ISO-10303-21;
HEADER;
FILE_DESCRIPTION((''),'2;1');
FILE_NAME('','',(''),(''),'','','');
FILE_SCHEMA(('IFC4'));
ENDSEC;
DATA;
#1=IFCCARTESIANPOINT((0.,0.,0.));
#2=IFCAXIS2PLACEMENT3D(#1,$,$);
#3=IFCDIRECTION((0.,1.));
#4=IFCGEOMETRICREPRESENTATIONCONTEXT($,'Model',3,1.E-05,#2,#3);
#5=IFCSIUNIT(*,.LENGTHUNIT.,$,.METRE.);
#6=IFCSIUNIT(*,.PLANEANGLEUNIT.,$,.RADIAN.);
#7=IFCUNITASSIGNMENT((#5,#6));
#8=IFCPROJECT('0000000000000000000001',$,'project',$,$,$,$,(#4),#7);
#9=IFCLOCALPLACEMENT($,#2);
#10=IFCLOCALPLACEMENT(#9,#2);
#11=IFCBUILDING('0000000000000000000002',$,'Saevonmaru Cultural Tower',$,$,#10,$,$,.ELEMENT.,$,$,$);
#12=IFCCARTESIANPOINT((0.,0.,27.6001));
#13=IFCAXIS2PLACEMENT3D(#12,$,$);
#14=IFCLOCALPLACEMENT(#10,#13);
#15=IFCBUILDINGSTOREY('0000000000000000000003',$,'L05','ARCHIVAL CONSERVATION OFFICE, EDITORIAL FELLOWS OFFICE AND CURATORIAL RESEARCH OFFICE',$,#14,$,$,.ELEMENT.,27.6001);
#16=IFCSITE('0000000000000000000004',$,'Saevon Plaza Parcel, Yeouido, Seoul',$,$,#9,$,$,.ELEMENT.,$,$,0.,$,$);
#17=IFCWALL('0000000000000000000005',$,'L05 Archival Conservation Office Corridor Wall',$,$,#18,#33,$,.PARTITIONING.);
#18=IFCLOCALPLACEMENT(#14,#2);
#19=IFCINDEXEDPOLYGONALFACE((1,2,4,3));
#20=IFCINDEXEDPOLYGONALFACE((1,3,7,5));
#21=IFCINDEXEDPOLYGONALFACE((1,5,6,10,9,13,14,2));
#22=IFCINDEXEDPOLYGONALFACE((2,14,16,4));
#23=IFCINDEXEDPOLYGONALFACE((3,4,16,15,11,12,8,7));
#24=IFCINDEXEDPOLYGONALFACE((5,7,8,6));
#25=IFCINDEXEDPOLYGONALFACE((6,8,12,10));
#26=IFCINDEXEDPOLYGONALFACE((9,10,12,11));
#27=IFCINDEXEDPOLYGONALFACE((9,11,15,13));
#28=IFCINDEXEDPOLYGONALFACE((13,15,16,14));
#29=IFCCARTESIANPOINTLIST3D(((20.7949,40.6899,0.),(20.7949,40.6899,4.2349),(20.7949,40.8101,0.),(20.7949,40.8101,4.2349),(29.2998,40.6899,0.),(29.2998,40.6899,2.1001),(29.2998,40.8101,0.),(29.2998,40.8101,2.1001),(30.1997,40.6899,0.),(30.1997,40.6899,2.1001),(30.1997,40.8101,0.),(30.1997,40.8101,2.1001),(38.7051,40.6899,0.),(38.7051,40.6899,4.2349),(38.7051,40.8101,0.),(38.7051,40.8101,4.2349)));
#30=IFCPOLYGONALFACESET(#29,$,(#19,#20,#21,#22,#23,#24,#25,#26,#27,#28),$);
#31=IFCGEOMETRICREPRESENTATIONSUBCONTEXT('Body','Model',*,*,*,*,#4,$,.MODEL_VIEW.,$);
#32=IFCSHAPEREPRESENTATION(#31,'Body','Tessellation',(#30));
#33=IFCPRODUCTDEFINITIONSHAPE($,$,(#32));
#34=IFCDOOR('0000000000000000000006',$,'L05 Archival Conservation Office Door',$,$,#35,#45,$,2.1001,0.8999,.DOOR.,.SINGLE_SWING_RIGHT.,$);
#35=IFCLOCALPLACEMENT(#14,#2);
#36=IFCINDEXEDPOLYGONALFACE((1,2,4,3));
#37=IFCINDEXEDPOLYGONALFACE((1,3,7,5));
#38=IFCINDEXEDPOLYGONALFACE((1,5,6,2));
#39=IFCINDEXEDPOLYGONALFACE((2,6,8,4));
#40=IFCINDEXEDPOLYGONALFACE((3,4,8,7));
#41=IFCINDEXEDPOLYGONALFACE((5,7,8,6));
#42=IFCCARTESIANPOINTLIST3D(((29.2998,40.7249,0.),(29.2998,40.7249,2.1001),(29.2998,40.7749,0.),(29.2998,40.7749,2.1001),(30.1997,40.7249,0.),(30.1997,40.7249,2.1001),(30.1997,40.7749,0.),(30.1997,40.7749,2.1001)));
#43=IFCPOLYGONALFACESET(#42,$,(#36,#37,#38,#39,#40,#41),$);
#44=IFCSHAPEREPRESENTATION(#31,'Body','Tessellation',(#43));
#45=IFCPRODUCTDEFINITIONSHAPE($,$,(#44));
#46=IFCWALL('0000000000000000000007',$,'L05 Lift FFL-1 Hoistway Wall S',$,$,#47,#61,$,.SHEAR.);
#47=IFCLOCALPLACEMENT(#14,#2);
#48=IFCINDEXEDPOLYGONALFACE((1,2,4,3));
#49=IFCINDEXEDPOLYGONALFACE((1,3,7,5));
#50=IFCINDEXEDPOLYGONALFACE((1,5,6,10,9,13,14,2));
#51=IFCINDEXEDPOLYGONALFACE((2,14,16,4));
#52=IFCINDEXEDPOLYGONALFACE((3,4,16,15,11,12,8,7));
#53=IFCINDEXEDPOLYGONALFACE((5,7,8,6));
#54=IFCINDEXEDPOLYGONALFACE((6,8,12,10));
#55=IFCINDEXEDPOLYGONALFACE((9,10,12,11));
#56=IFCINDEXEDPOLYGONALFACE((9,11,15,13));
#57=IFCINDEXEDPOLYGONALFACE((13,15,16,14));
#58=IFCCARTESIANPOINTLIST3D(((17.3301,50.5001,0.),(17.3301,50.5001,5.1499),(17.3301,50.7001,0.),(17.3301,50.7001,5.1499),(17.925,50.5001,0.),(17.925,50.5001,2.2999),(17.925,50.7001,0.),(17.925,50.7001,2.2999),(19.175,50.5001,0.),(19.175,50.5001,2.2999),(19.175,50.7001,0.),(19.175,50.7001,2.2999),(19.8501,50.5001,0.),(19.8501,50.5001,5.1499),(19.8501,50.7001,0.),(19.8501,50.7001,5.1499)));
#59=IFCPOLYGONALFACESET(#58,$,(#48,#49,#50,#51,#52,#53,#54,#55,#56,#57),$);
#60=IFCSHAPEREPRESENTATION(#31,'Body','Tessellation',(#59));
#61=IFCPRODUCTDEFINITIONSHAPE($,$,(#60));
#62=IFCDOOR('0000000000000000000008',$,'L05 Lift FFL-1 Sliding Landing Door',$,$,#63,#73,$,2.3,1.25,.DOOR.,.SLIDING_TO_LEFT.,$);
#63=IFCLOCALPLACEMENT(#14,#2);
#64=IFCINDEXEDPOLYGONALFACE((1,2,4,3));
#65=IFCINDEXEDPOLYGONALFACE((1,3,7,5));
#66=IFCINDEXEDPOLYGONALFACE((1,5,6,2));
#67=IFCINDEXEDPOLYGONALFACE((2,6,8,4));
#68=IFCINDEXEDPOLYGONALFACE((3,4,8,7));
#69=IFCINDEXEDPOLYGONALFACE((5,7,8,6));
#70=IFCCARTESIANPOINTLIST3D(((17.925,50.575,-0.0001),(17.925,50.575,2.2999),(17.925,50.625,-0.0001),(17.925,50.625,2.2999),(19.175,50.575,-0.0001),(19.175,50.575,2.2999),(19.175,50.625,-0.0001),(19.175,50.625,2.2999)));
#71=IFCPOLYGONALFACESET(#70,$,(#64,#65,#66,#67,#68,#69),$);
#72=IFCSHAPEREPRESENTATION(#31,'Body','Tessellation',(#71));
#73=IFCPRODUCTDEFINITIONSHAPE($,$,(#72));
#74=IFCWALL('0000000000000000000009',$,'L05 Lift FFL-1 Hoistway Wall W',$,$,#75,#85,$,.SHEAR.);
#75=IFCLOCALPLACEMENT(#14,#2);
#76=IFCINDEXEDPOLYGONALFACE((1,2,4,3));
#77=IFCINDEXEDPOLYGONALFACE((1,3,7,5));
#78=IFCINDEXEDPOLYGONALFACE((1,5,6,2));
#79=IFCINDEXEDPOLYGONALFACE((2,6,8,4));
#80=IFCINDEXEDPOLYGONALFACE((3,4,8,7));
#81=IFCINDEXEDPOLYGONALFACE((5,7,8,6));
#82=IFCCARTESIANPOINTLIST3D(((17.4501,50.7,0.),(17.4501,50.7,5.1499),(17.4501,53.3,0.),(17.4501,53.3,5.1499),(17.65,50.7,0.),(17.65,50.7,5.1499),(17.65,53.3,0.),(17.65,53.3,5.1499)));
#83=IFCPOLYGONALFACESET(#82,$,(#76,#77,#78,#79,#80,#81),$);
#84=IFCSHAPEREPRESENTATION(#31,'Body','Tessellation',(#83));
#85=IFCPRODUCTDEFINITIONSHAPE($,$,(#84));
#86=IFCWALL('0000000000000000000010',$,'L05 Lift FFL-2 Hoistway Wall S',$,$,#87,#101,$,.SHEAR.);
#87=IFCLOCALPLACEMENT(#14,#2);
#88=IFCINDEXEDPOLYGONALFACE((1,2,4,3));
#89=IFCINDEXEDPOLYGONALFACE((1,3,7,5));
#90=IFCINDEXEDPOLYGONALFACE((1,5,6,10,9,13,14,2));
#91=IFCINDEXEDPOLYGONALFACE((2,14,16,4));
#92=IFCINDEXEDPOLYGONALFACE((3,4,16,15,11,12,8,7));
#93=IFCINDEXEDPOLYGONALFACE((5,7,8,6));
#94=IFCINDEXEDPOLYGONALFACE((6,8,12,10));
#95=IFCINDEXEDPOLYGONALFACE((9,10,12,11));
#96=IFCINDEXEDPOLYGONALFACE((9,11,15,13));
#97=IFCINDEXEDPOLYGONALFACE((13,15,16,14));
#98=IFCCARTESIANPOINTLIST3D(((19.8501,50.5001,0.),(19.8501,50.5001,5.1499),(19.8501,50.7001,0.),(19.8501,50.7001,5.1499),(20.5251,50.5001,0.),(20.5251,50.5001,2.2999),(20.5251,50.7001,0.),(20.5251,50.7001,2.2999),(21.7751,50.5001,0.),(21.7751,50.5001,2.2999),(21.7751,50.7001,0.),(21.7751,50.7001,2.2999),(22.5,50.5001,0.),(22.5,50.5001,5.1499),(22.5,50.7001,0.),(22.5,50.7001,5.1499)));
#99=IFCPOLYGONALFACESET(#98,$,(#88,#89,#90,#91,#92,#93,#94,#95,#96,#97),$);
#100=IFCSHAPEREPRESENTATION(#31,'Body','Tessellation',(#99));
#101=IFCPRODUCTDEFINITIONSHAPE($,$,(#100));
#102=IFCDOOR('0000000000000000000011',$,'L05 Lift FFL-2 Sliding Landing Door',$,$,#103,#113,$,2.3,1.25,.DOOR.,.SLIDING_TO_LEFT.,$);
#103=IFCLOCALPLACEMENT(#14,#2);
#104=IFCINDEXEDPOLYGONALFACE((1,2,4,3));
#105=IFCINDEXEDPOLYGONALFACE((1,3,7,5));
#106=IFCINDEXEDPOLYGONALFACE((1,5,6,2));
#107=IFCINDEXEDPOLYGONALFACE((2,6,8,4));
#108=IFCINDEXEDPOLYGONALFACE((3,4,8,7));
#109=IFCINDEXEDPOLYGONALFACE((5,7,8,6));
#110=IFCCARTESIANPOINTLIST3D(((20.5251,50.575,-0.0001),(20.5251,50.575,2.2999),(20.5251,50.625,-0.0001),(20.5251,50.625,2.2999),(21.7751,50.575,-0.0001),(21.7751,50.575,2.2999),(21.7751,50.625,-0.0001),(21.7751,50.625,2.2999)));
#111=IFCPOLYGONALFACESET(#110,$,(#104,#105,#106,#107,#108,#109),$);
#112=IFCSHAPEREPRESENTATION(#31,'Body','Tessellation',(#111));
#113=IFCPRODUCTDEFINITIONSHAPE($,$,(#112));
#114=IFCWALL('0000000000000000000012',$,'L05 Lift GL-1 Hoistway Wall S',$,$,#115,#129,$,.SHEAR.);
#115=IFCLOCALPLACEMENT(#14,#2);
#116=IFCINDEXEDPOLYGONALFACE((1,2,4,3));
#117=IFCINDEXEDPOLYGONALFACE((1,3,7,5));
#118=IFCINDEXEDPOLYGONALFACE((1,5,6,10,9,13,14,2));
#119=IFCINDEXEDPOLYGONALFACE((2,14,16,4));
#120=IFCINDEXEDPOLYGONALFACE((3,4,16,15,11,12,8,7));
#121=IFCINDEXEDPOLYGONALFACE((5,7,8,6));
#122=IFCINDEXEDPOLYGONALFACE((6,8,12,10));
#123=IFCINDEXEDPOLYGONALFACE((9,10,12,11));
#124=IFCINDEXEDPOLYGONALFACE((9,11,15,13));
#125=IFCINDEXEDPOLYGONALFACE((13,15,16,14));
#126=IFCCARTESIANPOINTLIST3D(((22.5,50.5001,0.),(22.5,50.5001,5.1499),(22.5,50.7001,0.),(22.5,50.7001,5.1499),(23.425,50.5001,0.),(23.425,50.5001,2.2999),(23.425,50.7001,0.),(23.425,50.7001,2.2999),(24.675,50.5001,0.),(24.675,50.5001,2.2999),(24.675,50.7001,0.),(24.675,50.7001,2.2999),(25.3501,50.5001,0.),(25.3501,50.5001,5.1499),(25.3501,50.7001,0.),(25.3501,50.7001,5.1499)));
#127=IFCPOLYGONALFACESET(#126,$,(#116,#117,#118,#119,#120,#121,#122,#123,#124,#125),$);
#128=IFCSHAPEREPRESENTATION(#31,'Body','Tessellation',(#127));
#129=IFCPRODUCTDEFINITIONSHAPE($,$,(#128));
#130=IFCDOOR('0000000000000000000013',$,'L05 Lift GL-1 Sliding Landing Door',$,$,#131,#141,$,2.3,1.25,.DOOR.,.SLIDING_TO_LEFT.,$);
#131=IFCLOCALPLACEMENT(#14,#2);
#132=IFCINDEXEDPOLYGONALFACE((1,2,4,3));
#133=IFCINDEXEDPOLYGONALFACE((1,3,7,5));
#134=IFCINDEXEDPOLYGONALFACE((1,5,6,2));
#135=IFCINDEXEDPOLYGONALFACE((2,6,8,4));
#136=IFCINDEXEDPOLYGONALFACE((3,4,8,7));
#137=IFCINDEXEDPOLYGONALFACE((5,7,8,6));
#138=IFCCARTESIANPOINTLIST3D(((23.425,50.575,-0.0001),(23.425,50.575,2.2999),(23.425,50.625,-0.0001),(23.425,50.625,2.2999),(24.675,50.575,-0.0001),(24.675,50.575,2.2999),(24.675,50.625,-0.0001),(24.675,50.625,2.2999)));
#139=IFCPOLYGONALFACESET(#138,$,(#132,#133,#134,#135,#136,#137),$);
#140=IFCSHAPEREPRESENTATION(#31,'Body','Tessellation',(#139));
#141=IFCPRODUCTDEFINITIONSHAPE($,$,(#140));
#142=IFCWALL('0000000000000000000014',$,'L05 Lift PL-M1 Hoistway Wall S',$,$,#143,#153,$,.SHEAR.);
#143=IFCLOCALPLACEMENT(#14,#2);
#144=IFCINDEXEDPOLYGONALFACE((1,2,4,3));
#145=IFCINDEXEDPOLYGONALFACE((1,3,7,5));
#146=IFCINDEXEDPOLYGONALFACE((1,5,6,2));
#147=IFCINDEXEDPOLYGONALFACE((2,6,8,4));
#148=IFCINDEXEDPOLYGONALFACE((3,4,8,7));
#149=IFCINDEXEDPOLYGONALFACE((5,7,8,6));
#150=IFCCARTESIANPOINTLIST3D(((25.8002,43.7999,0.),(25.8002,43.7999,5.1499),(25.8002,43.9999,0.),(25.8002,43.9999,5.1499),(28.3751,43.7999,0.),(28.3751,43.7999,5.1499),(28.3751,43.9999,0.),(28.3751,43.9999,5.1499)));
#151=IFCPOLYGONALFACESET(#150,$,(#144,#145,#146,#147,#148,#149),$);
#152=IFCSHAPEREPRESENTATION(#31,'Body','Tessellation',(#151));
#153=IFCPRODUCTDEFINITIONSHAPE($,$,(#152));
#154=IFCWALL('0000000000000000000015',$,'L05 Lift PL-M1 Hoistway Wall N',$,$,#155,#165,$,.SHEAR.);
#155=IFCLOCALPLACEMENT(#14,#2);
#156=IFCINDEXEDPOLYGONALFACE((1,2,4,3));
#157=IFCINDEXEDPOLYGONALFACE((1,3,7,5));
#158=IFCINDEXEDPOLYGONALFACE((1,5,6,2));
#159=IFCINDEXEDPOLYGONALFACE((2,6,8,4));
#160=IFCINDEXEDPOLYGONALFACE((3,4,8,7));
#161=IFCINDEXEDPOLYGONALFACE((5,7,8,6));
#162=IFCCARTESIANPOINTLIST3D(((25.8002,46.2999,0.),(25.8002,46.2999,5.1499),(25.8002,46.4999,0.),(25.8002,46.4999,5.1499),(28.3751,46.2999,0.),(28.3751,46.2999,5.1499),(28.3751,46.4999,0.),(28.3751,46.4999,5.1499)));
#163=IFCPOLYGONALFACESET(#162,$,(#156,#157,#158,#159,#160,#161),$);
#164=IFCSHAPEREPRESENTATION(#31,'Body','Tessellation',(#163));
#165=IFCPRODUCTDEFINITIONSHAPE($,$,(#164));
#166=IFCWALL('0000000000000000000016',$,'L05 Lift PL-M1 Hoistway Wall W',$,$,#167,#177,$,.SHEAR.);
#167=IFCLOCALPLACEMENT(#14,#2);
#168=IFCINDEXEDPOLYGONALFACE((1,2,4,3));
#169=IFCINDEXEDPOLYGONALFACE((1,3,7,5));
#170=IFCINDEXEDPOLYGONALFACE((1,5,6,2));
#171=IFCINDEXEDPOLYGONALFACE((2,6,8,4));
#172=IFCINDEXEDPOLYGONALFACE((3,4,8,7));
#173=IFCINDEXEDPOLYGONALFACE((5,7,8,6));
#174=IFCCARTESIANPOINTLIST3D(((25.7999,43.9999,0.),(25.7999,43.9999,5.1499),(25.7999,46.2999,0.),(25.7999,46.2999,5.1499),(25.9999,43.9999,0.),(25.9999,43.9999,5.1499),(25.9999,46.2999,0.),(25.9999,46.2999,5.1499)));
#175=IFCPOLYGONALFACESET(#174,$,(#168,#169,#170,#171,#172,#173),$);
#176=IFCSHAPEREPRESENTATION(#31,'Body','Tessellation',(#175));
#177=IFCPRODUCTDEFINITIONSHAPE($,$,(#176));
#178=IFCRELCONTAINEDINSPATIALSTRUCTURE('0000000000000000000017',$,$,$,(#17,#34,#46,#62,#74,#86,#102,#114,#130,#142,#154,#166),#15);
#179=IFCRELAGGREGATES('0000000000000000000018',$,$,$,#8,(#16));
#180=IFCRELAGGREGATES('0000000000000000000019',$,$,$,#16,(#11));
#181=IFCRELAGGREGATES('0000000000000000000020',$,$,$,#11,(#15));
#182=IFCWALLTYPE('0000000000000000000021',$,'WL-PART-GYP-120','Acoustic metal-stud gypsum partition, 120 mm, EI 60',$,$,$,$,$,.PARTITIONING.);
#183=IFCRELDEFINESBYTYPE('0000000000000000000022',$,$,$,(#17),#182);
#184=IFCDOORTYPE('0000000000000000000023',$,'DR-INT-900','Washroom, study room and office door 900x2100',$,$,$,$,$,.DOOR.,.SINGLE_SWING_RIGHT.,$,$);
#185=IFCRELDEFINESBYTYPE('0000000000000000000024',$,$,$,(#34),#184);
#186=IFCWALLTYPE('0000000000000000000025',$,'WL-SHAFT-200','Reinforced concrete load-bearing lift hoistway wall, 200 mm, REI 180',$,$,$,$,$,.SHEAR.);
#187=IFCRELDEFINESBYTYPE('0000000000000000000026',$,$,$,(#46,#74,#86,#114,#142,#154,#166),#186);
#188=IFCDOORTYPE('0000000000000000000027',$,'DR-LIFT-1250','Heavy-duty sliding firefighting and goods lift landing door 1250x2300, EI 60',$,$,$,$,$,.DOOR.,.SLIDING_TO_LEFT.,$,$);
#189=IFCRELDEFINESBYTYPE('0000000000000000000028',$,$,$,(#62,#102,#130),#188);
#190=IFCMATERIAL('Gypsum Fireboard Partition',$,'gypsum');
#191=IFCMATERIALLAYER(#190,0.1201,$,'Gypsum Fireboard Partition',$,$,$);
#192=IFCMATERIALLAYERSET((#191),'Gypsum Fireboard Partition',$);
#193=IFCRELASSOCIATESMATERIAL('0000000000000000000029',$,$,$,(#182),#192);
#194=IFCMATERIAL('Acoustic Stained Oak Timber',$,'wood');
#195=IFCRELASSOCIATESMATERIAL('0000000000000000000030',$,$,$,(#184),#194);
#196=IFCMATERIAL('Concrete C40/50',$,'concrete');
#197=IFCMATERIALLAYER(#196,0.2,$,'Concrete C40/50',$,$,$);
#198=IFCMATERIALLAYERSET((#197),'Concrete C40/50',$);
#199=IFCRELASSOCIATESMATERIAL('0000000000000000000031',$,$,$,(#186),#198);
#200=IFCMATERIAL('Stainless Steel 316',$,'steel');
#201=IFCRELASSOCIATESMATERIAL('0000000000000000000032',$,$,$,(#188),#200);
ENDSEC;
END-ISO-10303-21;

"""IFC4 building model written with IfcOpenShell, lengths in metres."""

from ifc_helpers import new_model, si_unit, direction, frame, frame_2d, origin, place, context, subcontext, project, spatial, rectangle, extrude, material, layer, layer_set, type_object, element, fill, save


model = new_model("IFC4")

# Units and contexts
model_context = context("Model", 3, precision=1e-05, world=origin(), true_north=direction((0.0, 1.0)))
body_context = subcontext(model_context, "Body", "Model", "MODEL_VIEW")
ifc_project = project(units=[si_unit("LENGTHUNIT", "METRE"), si_unit("PLANEANGLEUNIT", "RADIAN")], contexts=[model_context])

# Site, building, storey
site_placement = place(None, origin())
site = spatial("IfcSite", under=ifc_project, at=site_placement, Name="Saevon Plaza Parcel, Yeouido, Seoul", CompositionType="ELEMENT", RefElevation=0.0)
building_placement = place(site_placement, origin())
building = spatial("IfcBuilding", under=site, at=building_placement, Name="Saevonmaru Cultural Tower", CompositionType="ELEMENT")
storey_placement = place(building_placement, frame((0.0, 0.0, 27.6001)))
storey = spatial("IfcBuildingStorey", under=building, at=storey_placement, Name="L05", Description="ARCHIVAL CONSERVATION OFFICE, EDITORIAL FELLOWS OFFICE AND CURATORIAL RESEARCH OFFICE", CompositionType="ELEMENT", Elevation=27.6001)

# Shared definitions
ifc_material_1 = material(Name="Gypsum Fireboard Partition", Category="gypsum")

# Walls, openings, doors
ifc_layer_1 = layer(ifc_material_1, 0.1201, Name="Gypsum Fireboard Partition")
ifc_layer_set_1 = layer_set([ifc_layer_1], Name="Gypsum Fireboard Partition")
wall_type_1 = type_object("IfcWallType", Name="WL-PART-GYP-120", Description="Acoustic metal-stud gypsum partition, 120 mm, EI 60", PredefinedType="PARTITIONING", material=ifc_layer_set_1)
wall_1_placement = place(storey_placement, frame((20.7949, 40.75, 0.0), z_axis=(0.0, 0.0, 1.0), x_axis=(1.0, 0.0, 0.0)))
wall_1 = element("IfcWall", 1, at=wall_1_placement, inside=storey, type_object=wall_type_1, Name="L05 Archival Conservation Office Corridor Wall", PredefinedType="PARTITIONING", context=body_context, shape_type="SweptSolid", body=[
    extrude(rectangle(XDim=17.9102, YDim=0.1201, at=frame_2d((8.9551, 0.0))), origin(), (0.0, 0.0, 1.0), 4.2349),
])
opening_1_placement = place(wall_1_placement, frame((8.5049, 0.0, 0.0)))
opening_1 = element("IfcOpeningElement", 2, at=opening_1_placement, cuts=wall_1, PredefinedType="OPENING", context=body_context, shape_type="SweptSolid", body=[
    extrude(rectangle(XDim=0.8999, YDim=2.1001, at=frame_2d((0.45, 1.05))), frame((0.0, 0.0701, 0.0), z_axis=(0.0, -1.0, 0.0), x_axis=(1.0, 0.0, 0.0)), (0.0, 0.0, 1.0), 0.1401),
])
ifc_material_2 = material(Name="Acoustic Stained Oak Timber", Category="wood")
door_type_1 = type_object("IfcDoorType", Name="DR-INT-900", Description="Washroom, study room and office door 900x2100", OperationType="SINGLE_SWING_RIGHT", PredefinedType="DOOR", material=ifc_material_2)
door_1_placement = place(opening_1_placement, origin())
door_1 = element("IfcDoor", 3, at=door_1_placement, inside=storey, type_object=door_type_1, Name="L05 Archival Conservation Office Door", OperationType="SINGLE_SWING_RIGHT", OverallHeight=2.1001, OverallWidth=0.8999, PredefinedType="DOOR", context=body_context, shape_type="SweptSolid", body=[
    extrude(rectangle(XDim=0.8999, YDim=2.1001, at=frame_2d((0.45, 1.05))), frame((0.0, 0.0249, 0.0), z_axis=(0.0, -1.0, 0.0), x_axis=(1.0, 0.0, 0.0)), (0.0, 0.0, 1.0), 0.05),
])
fill(opening_1, door_1)
ifc_material_3 = material(Name="Concrete C40/50", Category="concrete")
ifc_layer_2 = layer(ifc_material_3, 0.2, Name="Concrete C40/50")
ifc_layer_set_2 = layer_set([ifc_layer_2], Name="Concrete C40/50")
wall_type_2 = type_object("IfcWallType", Name="WL-SHAFT-200", Description="Reinforced concrete load-bearing lift hoistway wall, 200 mm, REI 180", PredefinedType="SHEAR", material=ifc_layer_set_2)
wall_2_placement = place(storey_placement, frame((17.3301, 50.6001, 0.0), z_axis=(0.0, 0.0, 1.0), x_axis=(1.0, 0.0, 0.0)))
wall_2 = element("IfcWall", 4, at=wall_2_placement, inside=storey, type_object=wall_type_2, Name="L05 Lift FFL-1 Hoistway Wall S", PredefinedType="SHEAR", context=body_context, shape_type="SweptSolid", body=[
    extrude(rectangle(XDim=2.52, YDim=0.2, at=frame_2d((1.26, 0.0))), origin(), (0.0, 0.0, 1.0), 5.1499),
])
opening_2_placement = place(wall_2_placement, frame((0.595, 0.0, 0.0)))
opening_2 = element("IfcOpeningElement", 5, at=opening_2_placement, cuts=wall_2, PredefinedType="OPENING", context=body_context, shape_type="SweptSolid", body=[
    extrude(rectangle(XDim=1.25, YDim=2.3, at=frame_2d((0.625, 1.1499))), frame((0.0, 0.1099, 0.0), z_axis=(0.0, -1.0, 0.0), x_axis=(1.0, 0.0, 0.0)), (0.0, 0.0, 1.0), 0.22),
])
ifc_material_4 = material(Name="Stainless Steel 316", Category="steel")
door_type_2 = type_object("IfcDoorType", Name="DR-LIFT-1250", Description="Heavy-duty sliding firefighting and goods lift landing door 1250x2300, EI 60", OperationType="SLIDING_TO_LEFT", PredefinedType="DOOR", material=ifc_material_4)
door_2_placement = place(opening_2_placement, origin())
door_2 = element("IfcDoor", 6, at=door_2_placement, inside=storey, type_object=door_type_2, Name="L05 Lift FFL-1 Sliding Landing Door", OperationType="SLIDING_TO_LEFT", OverallHeight=2.3, OverallWidth=1.25, PredefinedType="DOOR", context=body_context, shape_type="SweptSolid", body=[
    extrude(rectangle(XDim=1.25, YDim=2.3, at=frame_2d((0.625, 1.1499))), frame((0.0, 0.0249, 0.0), z_axis=(0.0, -1.0, 0.0), x_axis=(1.0, 0.0, 0.0)), (0.0, 0.0, 1.0), 0.05),
])
fill(opening_2, door_2)

# Wall
wall_3_placement = place(storey_placement, frame((17.55, 50.7, 0.0), z_axis=(0.0, 0.0, 1.0), x_axis=(0.0, 1.0, 0.0)))
element("IfcWall", 7, at=wall_3_placement, inside=storey, type_object=wall_type_2, Name="L05 Lift FFL-1 Hoistway Wall W", PredefinedType="SHEAR", context=body_context, shape_type="SweptSolid", body=[
    extrude(rectangle(XDim=2.6001, YDim=0.2, at=frame_2d((1.3, 0.0))), origin(), (0.0, 0.0, 1.0), 5.1499),
])

# Walls, openings, doors
wall_4_placement = place(storey_placement, frame((19.8501, 50.6001, 0.0), z_axis=(0.0, 0.0, 1.0), x_axis=(1.0, 0.0, 0.0)))
wall_4 = element("IfcWall", 8, at=wall_4_placement, inside=storey, type_object=wall_type_2, Name="L05 Lift FFL-2 Hoistway Wall S", PredefinedType="SHEAR", context=body_context, shape_type="SweptSolid", body=[
    extrude(rectangle(XDim=2.6499, YDim=0.2, at=frame_2d((1.325, 0.0))), origin(), (0.0, 0.0, 1.0), 5.1499),
])
opening_3_placement = place(wall_4_placement, frame((0.675, 0.0, 0.0)))
opening_3 = element("IfcOpeningElement", 9, at=opening_3_placement, cuts=wall_4, PredefinedType="OPENING", context=body_context, shape_type="SweptSolid", body=[
    extrude(rectangle(XDim=1.25, YDim=2.3, at=frame_2d((0.625, 1.1499))), frame((0.0, 0.1099, 0.0), z_axis=(0.0, -1.0, 0.0), x_axis=(1.0, 0.0, 0.0)), (0.0, 0.0, 1.0), 0.22),
])
door_3_placement = place(opening_3_placement, origin())
door_3 = element("IfcDoor", 10, at=door_3_placement, inside=storey, type_object=door_type_2, Name="L05 Lift FFL-2 Sliding Landing Door", OperationType="SLIDING_TO_LEFT", OverallHeight=2.3, OverallWidth=1.25, PredefinedType="DOOR", context=body_context, shape_type="SweptSolid", body=[
    extrude(rectangle(XDim=1.25, YDim=2.3, at=frame_2d((0.625, 1.1499))), frame((0.0, 0.0249, 0.0), z_axis=(0.0, -1.0, 0.0), x_axis=(1.0, 0.0, 0.0)), (0.0, 0.0, 1.0), 0.05),
])
fill(opening_3, door_3)
wall_5_placement = place(storey_placement, frame((22.5, 50.6001, 0.0), z_axis=(0.0, 0.0, 1.0), x_axis=(1.0, 0.0, 0.0)))
wall_5 = element("IfcWall", 11, at=wall_5_placement, inside=storey, type_object=wall_type_2, Name="L05 Lift GL-1 Hoistway Wall S", PredefinedType="SHEAR", context=body_context, shape_type="SweptSolid", body=[
    extrude(rectangle(XDim=2.8501, YDim=0.2, at=frame_2d((1.425, 0.0))), origin(), (0.0, 0.0, 1.0), 5.1499),
])
opening_4_placement = place(wall_5_placement, frame((0.925, 0.0, 0.0)))
opening_4 = element("IfcOpeningElement", 12, at=opening_4_placement, cuts=wall_5, PredefinedType="OPENING", context=body_context, shape_type="SweptSolid", body=[
    extrude(rectangle(XDim=1.25, YDim=2.3, at=frame_2d((0.625, 1.1499))), frame((0.0, 0.1099, 0.0), z_axis=(0.0, -1.0, 0.0), x_axis=(1.0, 0.0, 0.0)), (0.0, 0.0, 1.0), 0.22),
])
door_4_placement = place(opening_4_placement, origin())
door_4 = element("IfcDoor", 13, at=door_4_placement, inside=storey, type_object=door_type_2, Name="L05 Lift GL-1 Sliding Landing Door", OperationType="SLIDING_TO_LEFT", OverallHeight=2.3, OverallWidth=1.25, PredefinedType="DOOR", context=body_context, shape_type="SweptSolid", body=[
    extrude(rectangle(XDim=1.25, YDim=2.3, at=frame_2d((0.625, 1.1499))), frame((0.0, 0.0249, 0.0), z_axis=(0.0, -1.0, 0.0), x_axis=(1.0, 0.0, 0.0)), (0.0, 0.0, 1.0), 0.05),
])
fill(opening_4, door_4)

# Walls
for number, where, z_axis, x_axis, name in (
    (14, (25.8, 43.8999, 0.0), (0.0, 0.0, 1.0), (1.0, 0.0, 0.0), "L05 Lift PL-M1 Hoistway Wall S"),
    (15, (25.8, 46.3999, 0.0), (0.0, 0.0, 1.0), (1.0, 0.0, 0.0), "L05 Lift PL-M1 Hoistway Wall N"),
):
    element("IfcWall", number, at=place(storey_placement, frame(where, z_axis=z_axis, x_axis=x_axis)), inside=storey, type_object=wall_type_2, Name=name, PredefinedType="SHEAR", context=body_context, shape_type="SweptSolid", body=[
        extrude(rectangle(XDim=2.575, YDim=0.2, at=frame_2d((1.2876, 0.0))), origin(), (0.0, 0.0, 1.0), 5.1499),
    ])
wall_6_placement = place(storey_placement, frame((25.8999, 44.0, 0.0), z_axis=(0.0, 0.0, 1.0), x_axis=(0.0, 1.0, 0.0)))
element("IfcWall", 16, at=wall_6_placement, inside=storey, type_object=wall_type_2, Name="L05 Lift PL-M1 Hoistway Wall W", PredefinedType="SHEAR", context=body_context, shape_type="SweptSolid", body=[
    extrude(rectangle(XDim=2.3, YDim=0.2, at=frame_2d((1.1499, 0.0))), origin(), (0.0, 0.0, 1.0), 5.1499),
])

save(model, "model.ifc")
